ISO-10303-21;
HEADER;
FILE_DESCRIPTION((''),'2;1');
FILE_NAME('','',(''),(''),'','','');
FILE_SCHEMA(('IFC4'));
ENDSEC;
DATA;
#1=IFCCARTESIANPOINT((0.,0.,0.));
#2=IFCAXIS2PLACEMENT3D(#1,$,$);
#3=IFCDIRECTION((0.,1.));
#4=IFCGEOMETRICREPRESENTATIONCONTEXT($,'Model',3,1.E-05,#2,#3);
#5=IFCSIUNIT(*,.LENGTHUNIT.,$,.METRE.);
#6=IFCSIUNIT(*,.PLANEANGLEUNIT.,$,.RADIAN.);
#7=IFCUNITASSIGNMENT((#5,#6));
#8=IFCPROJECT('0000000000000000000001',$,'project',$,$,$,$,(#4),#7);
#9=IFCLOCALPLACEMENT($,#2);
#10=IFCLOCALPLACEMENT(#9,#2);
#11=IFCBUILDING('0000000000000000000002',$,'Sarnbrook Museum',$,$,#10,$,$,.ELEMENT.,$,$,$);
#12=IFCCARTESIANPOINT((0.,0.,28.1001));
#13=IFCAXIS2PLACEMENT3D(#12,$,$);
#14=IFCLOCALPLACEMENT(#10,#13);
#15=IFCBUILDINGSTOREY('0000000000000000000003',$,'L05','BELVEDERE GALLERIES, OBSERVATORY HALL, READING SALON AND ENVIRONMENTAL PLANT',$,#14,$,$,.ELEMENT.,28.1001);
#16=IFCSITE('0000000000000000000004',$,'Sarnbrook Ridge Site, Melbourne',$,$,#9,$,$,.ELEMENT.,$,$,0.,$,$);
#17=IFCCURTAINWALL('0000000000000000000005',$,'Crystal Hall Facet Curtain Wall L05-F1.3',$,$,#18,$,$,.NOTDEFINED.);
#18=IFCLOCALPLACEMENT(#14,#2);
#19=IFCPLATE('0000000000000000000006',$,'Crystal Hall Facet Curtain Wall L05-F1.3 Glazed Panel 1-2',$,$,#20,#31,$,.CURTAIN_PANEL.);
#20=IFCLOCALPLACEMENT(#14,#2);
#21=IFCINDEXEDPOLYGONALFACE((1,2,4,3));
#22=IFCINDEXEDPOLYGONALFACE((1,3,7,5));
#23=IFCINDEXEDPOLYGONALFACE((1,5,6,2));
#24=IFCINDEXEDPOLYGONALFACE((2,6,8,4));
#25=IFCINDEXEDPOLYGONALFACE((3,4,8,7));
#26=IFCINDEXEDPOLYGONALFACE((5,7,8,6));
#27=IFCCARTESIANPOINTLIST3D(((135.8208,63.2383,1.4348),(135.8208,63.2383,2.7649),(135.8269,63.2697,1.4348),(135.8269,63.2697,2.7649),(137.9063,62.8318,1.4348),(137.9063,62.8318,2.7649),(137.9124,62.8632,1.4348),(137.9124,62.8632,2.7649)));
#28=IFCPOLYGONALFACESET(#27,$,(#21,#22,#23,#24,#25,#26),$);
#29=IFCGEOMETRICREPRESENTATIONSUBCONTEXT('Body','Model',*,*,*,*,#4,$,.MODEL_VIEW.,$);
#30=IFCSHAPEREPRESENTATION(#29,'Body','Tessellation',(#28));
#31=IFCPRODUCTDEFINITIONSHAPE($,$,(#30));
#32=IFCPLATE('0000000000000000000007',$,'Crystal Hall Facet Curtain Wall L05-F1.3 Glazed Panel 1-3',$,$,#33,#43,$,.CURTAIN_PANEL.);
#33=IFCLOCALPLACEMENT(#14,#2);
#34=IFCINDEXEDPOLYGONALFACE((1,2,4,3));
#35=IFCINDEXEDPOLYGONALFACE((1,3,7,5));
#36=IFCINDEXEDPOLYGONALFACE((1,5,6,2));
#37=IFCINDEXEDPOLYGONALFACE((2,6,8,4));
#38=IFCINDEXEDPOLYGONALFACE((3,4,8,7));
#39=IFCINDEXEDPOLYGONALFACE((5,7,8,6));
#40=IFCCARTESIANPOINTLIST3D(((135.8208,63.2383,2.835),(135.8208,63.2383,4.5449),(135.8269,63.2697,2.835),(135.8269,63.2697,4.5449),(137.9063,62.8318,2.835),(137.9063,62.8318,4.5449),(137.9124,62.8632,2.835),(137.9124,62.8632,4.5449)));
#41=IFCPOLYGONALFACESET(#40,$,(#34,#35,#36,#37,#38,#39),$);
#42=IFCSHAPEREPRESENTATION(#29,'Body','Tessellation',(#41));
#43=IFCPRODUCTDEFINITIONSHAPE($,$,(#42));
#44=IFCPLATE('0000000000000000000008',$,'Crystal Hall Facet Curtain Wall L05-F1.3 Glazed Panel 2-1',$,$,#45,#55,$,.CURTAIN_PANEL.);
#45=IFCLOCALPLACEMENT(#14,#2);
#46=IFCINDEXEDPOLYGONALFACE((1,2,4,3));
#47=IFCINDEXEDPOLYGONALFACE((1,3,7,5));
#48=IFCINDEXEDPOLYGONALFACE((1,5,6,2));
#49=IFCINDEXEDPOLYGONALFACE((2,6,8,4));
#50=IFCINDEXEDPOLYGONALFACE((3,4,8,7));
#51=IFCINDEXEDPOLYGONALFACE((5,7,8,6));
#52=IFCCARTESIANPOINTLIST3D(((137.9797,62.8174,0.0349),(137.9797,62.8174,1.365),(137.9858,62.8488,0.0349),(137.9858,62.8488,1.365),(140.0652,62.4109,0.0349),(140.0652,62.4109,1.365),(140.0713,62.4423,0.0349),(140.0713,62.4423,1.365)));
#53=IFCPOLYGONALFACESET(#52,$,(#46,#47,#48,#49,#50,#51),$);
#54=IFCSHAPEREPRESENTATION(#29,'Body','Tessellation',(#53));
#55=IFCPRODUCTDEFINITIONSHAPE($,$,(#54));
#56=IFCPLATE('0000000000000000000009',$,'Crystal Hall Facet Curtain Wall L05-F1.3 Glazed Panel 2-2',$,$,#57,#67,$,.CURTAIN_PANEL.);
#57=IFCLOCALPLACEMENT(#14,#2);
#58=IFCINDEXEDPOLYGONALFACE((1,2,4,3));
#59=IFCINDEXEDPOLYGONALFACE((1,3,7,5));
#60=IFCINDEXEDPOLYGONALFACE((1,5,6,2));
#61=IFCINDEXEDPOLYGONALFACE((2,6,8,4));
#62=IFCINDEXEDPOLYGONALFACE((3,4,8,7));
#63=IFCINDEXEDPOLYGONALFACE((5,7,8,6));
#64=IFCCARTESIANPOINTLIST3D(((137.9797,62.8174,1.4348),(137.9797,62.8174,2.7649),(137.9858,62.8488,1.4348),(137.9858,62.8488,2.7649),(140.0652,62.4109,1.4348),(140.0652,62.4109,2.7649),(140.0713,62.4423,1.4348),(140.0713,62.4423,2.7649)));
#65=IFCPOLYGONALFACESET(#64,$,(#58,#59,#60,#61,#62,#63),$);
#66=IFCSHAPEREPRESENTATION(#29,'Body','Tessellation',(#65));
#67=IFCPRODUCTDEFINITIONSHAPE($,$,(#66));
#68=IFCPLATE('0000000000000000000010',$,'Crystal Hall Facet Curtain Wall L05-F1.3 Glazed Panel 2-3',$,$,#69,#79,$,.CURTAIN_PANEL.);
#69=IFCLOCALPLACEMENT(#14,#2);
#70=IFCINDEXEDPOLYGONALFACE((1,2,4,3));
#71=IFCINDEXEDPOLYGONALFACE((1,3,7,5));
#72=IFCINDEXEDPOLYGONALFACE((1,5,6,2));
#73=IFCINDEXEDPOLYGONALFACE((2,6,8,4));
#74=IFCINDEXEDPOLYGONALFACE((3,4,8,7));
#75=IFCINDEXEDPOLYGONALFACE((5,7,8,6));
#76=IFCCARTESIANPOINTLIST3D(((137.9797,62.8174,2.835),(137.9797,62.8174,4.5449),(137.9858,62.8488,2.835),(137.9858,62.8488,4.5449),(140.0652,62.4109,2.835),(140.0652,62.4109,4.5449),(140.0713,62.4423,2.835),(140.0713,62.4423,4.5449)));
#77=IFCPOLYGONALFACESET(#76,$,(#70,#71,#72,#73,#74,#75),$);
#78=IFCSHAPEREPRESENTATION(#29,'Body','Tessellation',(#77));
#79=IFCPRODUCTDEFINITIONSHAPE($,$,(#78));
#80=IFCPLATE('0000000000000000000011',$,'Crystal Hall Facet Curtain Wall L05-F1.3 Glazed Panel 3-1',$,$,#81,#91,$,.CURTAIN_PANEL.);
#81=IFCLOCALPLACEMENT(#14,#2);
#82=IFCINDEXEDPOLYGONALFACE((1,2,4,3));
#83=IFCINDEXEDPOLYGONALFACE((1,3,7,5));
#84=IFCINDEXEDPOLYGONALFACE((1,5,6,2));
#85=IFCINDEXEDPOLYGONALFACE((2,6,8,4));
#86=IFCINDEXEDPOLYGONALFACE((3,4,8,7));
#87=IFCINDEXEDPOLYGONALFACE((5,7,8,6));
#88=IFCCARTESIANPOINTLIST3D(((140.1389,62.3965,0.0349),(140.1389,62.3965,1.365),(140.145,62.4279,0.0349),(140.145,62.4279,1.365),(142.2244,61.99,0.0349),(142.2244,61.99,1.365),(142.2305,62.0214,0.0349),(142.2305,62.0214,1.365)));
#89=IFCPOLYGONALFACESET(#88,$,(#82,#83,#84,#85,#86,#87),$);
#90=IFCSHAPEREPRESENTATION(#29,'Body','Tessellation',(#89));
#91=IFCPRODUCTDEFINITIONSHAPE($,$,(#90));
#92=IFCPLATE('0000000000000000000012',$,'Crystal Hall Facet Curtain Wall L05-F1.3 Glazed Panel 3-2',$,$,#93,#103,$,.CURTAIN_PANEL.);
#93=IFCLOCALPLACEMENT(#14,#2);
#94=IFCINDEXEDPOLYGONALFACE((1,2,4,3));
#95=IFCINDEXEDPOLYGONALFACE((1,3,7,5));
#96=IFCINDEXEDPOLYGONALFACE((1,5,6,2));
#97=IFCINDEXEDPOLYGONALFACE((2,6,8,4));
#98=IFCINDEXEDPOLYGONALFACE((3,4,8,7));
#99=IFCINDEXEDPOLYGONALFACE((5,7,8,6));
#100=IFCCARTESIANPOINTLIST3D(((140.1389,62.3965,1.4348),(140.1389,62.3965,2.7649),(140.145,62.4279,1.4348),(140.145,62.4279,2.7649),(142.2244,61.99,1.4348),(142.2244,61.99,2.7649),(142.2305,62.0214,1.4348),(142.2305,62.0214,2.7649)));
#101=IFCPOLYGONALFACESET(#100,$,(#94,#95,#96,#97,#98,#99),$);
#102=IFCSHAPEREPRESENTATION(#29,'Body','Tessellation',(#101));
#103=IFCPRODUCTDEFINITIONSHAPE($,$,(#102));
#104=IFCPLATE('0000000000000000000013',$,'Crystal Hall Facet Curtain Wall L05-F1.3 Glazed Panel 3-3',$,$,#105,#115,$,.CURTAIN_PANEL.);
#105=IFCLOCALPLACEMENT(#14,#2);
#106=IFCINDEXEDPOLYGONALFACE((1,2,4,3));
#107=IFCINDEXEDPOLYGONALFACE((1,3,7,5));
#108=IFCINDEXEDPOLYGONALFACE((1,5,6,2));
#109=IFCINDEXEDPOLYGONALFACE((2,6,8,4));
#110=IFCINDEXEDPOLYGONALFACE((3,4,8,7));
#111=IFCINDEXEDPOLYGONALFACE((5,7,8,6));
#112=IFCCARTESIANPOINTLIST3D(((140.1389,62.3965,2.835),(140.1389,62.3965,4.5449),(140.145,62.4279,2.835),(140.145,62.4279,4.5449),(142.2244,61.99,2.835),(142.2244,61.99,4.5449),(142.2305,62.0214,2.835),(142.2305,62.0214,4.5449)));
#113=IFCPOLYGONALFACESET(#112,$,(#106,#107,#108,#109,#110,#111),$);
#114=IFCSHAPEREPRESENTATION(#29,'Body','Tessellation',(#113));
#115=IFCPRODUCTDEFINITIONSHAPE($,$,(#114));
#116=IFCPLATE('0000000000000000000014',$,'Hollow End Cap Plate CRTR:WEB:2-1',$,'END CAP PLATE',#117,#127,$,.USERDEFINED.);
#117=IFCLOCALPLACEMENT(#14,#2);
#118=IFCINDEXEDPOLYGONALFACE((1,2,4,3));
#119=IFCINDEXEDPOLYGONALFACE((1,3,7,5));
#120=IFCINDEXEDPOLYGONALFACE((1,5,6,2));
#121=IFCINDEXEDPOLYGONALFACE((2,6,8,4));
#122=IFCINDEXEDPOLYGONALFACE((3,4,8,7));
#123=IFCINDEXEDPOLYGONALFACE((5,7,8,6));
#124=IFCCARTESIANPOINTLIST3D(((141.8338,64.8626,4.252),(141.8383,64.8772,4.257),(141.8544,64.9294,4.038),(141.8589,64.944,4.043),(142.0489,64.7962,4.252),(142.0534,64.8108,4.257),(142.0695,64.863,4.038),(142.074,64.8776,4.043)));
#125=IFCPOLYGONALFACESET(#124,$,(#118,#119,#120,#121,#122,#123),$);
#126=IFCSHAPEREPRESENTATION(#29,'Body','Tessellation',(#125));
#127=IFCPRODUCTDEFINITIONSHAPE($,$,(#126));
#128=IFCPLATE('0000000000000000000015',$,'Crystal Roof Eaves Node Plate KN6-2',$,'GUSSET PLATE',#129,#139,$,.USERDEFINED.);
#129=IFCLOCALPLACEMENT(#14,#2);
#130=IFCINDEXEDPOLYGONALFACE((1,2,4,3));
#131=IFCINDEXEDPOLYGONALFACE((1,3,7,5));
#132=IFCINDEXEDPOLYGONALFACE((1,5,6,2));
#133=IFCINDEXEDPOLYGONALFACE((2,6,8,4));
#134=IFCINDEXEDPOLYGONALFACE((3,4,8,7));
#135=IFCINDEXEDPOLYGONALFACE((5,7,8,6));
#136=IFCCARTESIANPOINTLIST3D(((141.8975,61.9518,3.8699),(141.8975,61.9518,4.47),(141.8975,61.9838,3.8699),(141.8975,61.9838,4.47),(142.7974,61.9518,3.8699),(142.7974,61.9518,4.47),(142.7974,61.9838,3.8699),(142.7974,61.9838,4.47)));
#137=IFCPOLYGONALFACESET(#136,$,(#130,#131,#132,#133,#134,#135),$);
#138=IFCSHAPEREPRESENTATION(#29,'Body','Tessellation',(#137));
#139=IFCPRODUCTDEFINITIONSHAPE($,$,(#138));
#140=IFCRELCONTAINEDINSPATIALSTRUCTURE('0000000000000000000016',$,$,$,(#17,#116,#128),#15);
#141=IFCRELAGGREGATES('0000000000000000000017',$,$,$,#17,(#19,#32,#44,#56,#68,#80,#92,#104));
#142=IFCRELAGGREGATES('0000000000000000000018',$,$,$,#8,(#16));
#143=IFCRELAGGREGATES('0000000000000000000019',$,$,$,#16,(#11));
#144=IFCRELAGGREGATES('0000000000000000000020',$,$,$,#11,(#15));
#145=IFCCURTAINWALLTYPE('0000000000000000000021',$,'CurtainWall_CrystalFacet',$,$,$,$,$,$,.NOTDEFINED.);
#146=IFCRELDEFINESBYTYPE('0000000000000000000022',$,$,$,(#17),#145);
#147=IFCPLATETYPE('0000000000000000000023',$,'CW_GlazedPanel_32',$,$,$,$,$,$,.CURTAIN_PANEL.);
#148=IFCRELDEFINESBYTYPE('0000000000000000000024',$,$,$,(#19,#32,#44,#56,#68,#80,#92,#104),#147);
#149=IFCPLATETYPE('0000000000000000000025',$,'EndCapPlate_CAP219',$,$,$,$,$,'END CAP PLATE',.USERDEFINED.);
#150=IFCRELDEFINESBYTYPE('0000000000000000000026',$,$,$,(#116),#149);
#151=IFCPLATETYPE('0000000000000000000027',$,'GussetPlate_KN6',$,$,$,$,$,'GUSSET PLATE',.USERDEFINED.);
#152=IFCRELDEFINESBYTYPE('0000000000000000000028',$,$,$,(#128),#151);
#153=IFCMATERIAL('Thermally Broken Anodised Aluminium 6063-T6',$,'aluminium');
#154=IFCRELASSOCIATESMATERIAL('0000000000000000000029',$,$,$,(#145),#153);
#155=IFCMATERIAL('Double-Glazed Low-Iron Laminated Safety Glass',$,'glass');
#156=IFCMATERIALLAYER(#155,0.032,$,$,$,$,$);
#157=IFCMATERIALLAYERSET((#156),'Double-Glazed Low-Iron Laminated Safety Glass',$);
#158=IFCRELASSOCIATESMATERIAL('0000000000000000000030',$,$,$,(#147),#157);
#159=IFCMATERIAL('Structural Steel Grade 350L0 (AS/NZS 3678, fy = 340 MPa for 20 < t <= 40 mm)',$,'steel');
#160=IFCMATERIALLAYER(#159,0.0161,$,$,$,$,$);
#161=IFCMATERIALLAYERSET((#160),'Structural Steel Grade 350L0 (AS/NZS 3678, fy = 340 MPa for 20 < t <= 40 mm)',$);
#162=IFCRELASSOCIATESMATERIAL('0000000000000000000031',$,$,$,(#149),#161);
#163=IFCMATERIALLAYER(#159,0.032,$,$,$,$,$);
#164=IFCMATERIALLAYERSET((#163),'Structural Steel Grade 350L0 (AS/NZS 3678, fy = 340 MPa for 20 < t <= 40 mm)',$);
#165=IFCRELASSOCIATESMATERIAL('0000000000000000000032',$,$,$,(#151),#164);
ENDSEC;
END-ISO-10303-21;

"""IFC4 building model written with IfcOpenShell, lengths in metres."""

from ifc_helpers import new_model, si_unit, direction, frame, origin, origin_2d, place, context, subcontext, project, spatial, rectangle, extrude, material, layer, layer_set, type_object, element, aggregate, save


model = new_model("IFC4")

# Units and contexts
model_context = context("Model", 3, precision=1e-05, world=origin(), true_north=direction((0.0, 1.0)))
body_context = subcontext(model_context, "Body", "Model", "MODEL_VIEW")
ifc_project = project(units=[si_unit("LENGTHUNIT", "METRE"), si_unit("PLANEANGLEUNIT", "RADIAN")], contexts=[model_context])

# Site, building, storey
site_placement = place(None, origin())
site = spatial("IfcSite", under=ifc_project, at=site_placement, Name="Sarnbrook Ridge Site, Melbourne", CompositionType="ELEMENT", RefElevation=0.0)
building_placement = place(site_placement, origin())
building = spatial("IfcBuilding", under=site, at=building_placement, Name="Sarnbrook Museum", CompositionType="ELEMENT")
storey_placement = place(building_placement, frame((0.0, 0.0, 28.1001)))
storey = spatial("IfcBuildingStorey", under=building, at=storey_placement, Name="L05", Description="BELVEDERE GALLERIES, OBSERVATORY HALL, READING SALON AND ENVIRONMENTAL PLANT", CompositionType="ELEMENT", Elevation=28.1001)

# Shared definitions
ifc_material_1 = material(Name="Structural Steel Grade 350L0 (AS/NZS 3678, fy = 340 MPa for 20 < t <= 40 mm)", Category="steel")

# Curtain wall
ifc_material_2 = material(Name="Thermally Broken Anodised Aluminium 6063-T6", Category="aluminium")
curtain_wall_type = type_object("IfcCurtainWallType", Name="CurtainWall_CrystalFacet", PredefinedType="NOTDEFINED", material=ifc_material_2)
curtain_wall_1_placement = place(storey_placement, origin())
curtain_wall_1 = element("IfcCurtainWall", 1, at=curtain_wall_1_placement, inside=storey, type_object=curtain_wall_type, Name="Crystal Hall Facet Curtain Wall L05-F1.3", PredefinedType="NOTDEFINED")

# Plates
ifc_material_3 = material(Name="Double-Glazed Low-Iron Laminated Safety Glass", Category="glass")
ifc_layer_1 = layer(ifc_material_3, 0.032)
ifc_layer_set_1 = layer_set([ifc_layer_1], Name="Double-Glazed Low-Iron Laminated Safety Glass")
plate_type_1 = type_object("IfcPlateType", Name="CW_GlazedPanel_32", PredefinedType="CURTAIN_PANEL", material=ifc_layer_set_1)
plate_1_placement = place(storey_placement, frame((136.8696, 63.0664, 2.0999), z_axis=(-0.191312, -0.981529, 0.0), x_axis=(0.981529, -0.191312, 0.0)))
plate_1 = element("IfcPlate", 2, at=plate_1_placement, type_object=plate_type_1, Name="Crystal Hall Facet Curtain Wall L05-F1.3 Glazed Panel 1-2", PredefinedType="CURTAIN_PANEL", context=body_context, shape_type="SweptSolid", body=[
    extrude(rectangle(XDim=2.1248, YDim=1.3301, at=origin_2d()), origin(), (0.0, 0.0, 1.0), 0.032),
])
plate_2_placement = place(storey_placement, frame((136.8696, 63.0664, 3.6899), z_axis=(-0.191312, -0.981529, 0.0), x_axis=(0.981529, -0.191312, 0.0)))
plate_2 = element("IfcPlate", 3, at=plate_2_placement, type_object=plate_type_1, Name="Crystal Hall Facet Curtain Wall L05-F1.3 Glazed Panel 1-3", PredefinedType="CURTAIN_PANEL", context=body_context, shape_type="SweptSolid", body=[
    extrude(rectangle(XDim=2.1248, YDim=1.71, at=origin_2d()), origin(), (0.0, 0.0, 1.0), 0.032),
])
plate_3_placement = place(storey_placement, frame((139.0286, 62.6455, 0.7), z_axis=(-0.191312, -0.981529, 0.0), x_axis=(0.981529, -0.191312, 0.0)))
plate_3 = element("IfcPlate", 4, at=plate_3_placement, type_object=plate_type_1, Name="Crystal Hall Facet Curtain Wall L05-F1.3 Glazed Panel 2-1", PredefinedType="CURTAIN_PANEL", context=body_context, shape_type="SweptSolid", body=[
    extrude(rectangle(XDim=2.1248, YDim=1.3301, at=origin_2d()), origin(), (0.0, 0.0, 1.0), 0.032),
])
plate_4_placement = place(storey_placement, frame((139.0286, 62.6455, 2.0999), z_axis=(-0.191312, -0.981529, 0.0), x_axis=(0.981529, -0.191312, 0.0)))
plate_4 = element("IfcPlate", 5, at=plate_4_placement, type_object=plate_type_1, Name="Crystal Hall Facet Curtain Wall L05-F1.3 Glazed Panel 2-2", PredefinedType="CURTAIN_PANEL", context=body_context, shape_type="SweptSolid", body=[
    extrude(rectangle(XDim=2.1248, YDim=1.3301, at=origin_2d()), origin(), (0.0, 0.0, 1.0), 0.032),
])
plate_5_placement = place(storey_placement, frame((139.0286, 62.6455, 3.6899), z_axis=(-0.191312, -0.981529, 0.0), x_axis=(0.981529, -0.191312, 0.0)))
plate_5 = element("IfcPlate", 6, at=plate_5_placement, type_object=plate_type_1, Name="Crystal Hall Facet Curtain Wall L05-F1.3 Glazed Panel 2-3", PredefinedType="CURTAIN_PANEL", context=body_context, shape_type="SweptSolid", body=[
    extrude(rectangle(XDim=2.1248, YDim=1.71, at=origin_2d()), origin(), (0.0, 0.0, 1.0), 0.032),
])
plate_6_placement = place(storey_placement, frame((141.1877, 62.2246, 0.7), z_axis=(-0.191312, -0.981529, 0.0), x_axis=(0.981529, -0.191312, 0.0)))
plate_6 = element("IfcPlate", 7, at=plate_6_placement, type_object=plate_type_1, Name="Crystal Hall Facet Curtain Wall L05-F1.3 Glazed Panel 3-1", PredefinedType="CURTAIN_PANEL", context=body_context, shape_type="SweptSolid", body=[
    extrude(rectangle(XDim=2.1248, YDim=1.3301, at=origin_2d()), origin(), (0.0, 0.0, 1.0), 0.032),
])
plate_7_placement = place(storey_placement, frame((141.1877, 62.2246, 2.0999), z_axis=(-0.191312, -0.981529, 0.0), x_axis=(0.981529, -0.191312, 0.0)))
plate_7 = element("IfcPlate", 8, at=plate_7_placement, type_object=plate_type_1, Name="Crystal Hall Facet Curtain Wall L05-F1.3 Glazed Panel 3-2", PredefinedType="CURTAIN_PANEL", context=body_context, shape_type="SweptSolid", body=[
    extrude(rectangle(XDim=2.1248, YDim=1.3301, at=origin_2d()), origin(), (0.0, 0.0, 1.0), 0.032),
])
plate_8_placement = place(storey_placement, frame((141.1877, 62.2246, 3.6899), z_axis=(-0.191312, -0.981529, 0.0), x_axis=(0.981529, -0.191312, 0.0)))
plate_8 = element("IfcPlate", 9, at=plate_8_placement, type_object=plate_type_1, Name="Crystal Hall Facet Curtain Wall L05-F1.3 Glazed Panel 3-3", PredefinedType="CURTAIN_PANEL", context=body_context, shape_type="SweptSolid", body=[
    extrude(rectangle(XDim=2.1248, YDim=1.71, at=origin_2d()), origin(), (0.0, 0.0, 1.0), 0.032),
])
aggregate(curtain_wall_1, [plate_1, plate_2, plate_3, plate_4, plate_5, plate_6, plate_7, plate_8])

# Plates
ifc_layer_2 = layer(ifc_material_1, 0.0161)
ifc_layer_set_2 = layer_set([ifc_layer_2], Name="Structural Steel Grade 350L0 (AS/NZS 3678, fy = 340 MPa for 20 < t <= 40 mm)")
plate_type_2 = type_object("IfcPlateType", Name="EndCapPlate_CAP219", ElementType="END CAP PLATE", PredefinedType="USERDEFINED", material=ifc_layer_set_2)
plate_9_placement = place(storey_placement, frame((141.9517, 64.8628, 4.145), z_axis=(0.280308, 0.908303, 0.310504), x_axis=(-0.955533, 0.294884, 0.0)))
element("IfcPlate", 10, at=plate_9_placement, inside=storey, type_object=plate_type_2, Name="Hollow End Cap Plate CRTR:WEB:2-1", ObjectType="END CAP PLATE", PredefinedType="USERDEFINED", context=body_context, shape_type="SweptSolid", body=[
    extrude(rectangle(XDim=0.2251, YDim=0.2251, at=origin_2d()), origin(), (0.0, 0.0, 1.0), 0.0161),
])
ifc_layer_3 = layer(ifc_material_1, 0.032)
ifc_layer_set_3 = layer_set([ifc_layer_3], Name="Structural Steel Grade 350L0 (AS/NZS 3678, fy = 340 MPa for 20 < t <= 40 mm)")
plate_type_3 = type_object("IfcPlateType", Name="GussetPlate_KN6", ElementType="GUSSET PLATE", PredefinedType="USERDEFINED", material=ifc_layer_set_3)
plate_10_placement = place(storey_placement, frame((142.3474, 61.9678, 3.8699), z_axis=(0.0, 0.0, 1.0), x_axis=(1.0, 0.0, 0.0)))
element("IfcPlate", 11, at=plate_10_placement, inside=storey, type_object=plate_type_3, Name="Crystal Roof Eaves Node Plate KN6-2", ObjectType="GUSSET PLATE", PredefinedType="USERDEFINED", context=body_context, shape_type="SweptSolid", body=[
    extrude(rectangle(XDim=0.8999, YDim=0.032, at=origin_2d()), origin(), (0.0, 0.0, 1.0), 0.6001),
])

save(model, "model.ifc")
